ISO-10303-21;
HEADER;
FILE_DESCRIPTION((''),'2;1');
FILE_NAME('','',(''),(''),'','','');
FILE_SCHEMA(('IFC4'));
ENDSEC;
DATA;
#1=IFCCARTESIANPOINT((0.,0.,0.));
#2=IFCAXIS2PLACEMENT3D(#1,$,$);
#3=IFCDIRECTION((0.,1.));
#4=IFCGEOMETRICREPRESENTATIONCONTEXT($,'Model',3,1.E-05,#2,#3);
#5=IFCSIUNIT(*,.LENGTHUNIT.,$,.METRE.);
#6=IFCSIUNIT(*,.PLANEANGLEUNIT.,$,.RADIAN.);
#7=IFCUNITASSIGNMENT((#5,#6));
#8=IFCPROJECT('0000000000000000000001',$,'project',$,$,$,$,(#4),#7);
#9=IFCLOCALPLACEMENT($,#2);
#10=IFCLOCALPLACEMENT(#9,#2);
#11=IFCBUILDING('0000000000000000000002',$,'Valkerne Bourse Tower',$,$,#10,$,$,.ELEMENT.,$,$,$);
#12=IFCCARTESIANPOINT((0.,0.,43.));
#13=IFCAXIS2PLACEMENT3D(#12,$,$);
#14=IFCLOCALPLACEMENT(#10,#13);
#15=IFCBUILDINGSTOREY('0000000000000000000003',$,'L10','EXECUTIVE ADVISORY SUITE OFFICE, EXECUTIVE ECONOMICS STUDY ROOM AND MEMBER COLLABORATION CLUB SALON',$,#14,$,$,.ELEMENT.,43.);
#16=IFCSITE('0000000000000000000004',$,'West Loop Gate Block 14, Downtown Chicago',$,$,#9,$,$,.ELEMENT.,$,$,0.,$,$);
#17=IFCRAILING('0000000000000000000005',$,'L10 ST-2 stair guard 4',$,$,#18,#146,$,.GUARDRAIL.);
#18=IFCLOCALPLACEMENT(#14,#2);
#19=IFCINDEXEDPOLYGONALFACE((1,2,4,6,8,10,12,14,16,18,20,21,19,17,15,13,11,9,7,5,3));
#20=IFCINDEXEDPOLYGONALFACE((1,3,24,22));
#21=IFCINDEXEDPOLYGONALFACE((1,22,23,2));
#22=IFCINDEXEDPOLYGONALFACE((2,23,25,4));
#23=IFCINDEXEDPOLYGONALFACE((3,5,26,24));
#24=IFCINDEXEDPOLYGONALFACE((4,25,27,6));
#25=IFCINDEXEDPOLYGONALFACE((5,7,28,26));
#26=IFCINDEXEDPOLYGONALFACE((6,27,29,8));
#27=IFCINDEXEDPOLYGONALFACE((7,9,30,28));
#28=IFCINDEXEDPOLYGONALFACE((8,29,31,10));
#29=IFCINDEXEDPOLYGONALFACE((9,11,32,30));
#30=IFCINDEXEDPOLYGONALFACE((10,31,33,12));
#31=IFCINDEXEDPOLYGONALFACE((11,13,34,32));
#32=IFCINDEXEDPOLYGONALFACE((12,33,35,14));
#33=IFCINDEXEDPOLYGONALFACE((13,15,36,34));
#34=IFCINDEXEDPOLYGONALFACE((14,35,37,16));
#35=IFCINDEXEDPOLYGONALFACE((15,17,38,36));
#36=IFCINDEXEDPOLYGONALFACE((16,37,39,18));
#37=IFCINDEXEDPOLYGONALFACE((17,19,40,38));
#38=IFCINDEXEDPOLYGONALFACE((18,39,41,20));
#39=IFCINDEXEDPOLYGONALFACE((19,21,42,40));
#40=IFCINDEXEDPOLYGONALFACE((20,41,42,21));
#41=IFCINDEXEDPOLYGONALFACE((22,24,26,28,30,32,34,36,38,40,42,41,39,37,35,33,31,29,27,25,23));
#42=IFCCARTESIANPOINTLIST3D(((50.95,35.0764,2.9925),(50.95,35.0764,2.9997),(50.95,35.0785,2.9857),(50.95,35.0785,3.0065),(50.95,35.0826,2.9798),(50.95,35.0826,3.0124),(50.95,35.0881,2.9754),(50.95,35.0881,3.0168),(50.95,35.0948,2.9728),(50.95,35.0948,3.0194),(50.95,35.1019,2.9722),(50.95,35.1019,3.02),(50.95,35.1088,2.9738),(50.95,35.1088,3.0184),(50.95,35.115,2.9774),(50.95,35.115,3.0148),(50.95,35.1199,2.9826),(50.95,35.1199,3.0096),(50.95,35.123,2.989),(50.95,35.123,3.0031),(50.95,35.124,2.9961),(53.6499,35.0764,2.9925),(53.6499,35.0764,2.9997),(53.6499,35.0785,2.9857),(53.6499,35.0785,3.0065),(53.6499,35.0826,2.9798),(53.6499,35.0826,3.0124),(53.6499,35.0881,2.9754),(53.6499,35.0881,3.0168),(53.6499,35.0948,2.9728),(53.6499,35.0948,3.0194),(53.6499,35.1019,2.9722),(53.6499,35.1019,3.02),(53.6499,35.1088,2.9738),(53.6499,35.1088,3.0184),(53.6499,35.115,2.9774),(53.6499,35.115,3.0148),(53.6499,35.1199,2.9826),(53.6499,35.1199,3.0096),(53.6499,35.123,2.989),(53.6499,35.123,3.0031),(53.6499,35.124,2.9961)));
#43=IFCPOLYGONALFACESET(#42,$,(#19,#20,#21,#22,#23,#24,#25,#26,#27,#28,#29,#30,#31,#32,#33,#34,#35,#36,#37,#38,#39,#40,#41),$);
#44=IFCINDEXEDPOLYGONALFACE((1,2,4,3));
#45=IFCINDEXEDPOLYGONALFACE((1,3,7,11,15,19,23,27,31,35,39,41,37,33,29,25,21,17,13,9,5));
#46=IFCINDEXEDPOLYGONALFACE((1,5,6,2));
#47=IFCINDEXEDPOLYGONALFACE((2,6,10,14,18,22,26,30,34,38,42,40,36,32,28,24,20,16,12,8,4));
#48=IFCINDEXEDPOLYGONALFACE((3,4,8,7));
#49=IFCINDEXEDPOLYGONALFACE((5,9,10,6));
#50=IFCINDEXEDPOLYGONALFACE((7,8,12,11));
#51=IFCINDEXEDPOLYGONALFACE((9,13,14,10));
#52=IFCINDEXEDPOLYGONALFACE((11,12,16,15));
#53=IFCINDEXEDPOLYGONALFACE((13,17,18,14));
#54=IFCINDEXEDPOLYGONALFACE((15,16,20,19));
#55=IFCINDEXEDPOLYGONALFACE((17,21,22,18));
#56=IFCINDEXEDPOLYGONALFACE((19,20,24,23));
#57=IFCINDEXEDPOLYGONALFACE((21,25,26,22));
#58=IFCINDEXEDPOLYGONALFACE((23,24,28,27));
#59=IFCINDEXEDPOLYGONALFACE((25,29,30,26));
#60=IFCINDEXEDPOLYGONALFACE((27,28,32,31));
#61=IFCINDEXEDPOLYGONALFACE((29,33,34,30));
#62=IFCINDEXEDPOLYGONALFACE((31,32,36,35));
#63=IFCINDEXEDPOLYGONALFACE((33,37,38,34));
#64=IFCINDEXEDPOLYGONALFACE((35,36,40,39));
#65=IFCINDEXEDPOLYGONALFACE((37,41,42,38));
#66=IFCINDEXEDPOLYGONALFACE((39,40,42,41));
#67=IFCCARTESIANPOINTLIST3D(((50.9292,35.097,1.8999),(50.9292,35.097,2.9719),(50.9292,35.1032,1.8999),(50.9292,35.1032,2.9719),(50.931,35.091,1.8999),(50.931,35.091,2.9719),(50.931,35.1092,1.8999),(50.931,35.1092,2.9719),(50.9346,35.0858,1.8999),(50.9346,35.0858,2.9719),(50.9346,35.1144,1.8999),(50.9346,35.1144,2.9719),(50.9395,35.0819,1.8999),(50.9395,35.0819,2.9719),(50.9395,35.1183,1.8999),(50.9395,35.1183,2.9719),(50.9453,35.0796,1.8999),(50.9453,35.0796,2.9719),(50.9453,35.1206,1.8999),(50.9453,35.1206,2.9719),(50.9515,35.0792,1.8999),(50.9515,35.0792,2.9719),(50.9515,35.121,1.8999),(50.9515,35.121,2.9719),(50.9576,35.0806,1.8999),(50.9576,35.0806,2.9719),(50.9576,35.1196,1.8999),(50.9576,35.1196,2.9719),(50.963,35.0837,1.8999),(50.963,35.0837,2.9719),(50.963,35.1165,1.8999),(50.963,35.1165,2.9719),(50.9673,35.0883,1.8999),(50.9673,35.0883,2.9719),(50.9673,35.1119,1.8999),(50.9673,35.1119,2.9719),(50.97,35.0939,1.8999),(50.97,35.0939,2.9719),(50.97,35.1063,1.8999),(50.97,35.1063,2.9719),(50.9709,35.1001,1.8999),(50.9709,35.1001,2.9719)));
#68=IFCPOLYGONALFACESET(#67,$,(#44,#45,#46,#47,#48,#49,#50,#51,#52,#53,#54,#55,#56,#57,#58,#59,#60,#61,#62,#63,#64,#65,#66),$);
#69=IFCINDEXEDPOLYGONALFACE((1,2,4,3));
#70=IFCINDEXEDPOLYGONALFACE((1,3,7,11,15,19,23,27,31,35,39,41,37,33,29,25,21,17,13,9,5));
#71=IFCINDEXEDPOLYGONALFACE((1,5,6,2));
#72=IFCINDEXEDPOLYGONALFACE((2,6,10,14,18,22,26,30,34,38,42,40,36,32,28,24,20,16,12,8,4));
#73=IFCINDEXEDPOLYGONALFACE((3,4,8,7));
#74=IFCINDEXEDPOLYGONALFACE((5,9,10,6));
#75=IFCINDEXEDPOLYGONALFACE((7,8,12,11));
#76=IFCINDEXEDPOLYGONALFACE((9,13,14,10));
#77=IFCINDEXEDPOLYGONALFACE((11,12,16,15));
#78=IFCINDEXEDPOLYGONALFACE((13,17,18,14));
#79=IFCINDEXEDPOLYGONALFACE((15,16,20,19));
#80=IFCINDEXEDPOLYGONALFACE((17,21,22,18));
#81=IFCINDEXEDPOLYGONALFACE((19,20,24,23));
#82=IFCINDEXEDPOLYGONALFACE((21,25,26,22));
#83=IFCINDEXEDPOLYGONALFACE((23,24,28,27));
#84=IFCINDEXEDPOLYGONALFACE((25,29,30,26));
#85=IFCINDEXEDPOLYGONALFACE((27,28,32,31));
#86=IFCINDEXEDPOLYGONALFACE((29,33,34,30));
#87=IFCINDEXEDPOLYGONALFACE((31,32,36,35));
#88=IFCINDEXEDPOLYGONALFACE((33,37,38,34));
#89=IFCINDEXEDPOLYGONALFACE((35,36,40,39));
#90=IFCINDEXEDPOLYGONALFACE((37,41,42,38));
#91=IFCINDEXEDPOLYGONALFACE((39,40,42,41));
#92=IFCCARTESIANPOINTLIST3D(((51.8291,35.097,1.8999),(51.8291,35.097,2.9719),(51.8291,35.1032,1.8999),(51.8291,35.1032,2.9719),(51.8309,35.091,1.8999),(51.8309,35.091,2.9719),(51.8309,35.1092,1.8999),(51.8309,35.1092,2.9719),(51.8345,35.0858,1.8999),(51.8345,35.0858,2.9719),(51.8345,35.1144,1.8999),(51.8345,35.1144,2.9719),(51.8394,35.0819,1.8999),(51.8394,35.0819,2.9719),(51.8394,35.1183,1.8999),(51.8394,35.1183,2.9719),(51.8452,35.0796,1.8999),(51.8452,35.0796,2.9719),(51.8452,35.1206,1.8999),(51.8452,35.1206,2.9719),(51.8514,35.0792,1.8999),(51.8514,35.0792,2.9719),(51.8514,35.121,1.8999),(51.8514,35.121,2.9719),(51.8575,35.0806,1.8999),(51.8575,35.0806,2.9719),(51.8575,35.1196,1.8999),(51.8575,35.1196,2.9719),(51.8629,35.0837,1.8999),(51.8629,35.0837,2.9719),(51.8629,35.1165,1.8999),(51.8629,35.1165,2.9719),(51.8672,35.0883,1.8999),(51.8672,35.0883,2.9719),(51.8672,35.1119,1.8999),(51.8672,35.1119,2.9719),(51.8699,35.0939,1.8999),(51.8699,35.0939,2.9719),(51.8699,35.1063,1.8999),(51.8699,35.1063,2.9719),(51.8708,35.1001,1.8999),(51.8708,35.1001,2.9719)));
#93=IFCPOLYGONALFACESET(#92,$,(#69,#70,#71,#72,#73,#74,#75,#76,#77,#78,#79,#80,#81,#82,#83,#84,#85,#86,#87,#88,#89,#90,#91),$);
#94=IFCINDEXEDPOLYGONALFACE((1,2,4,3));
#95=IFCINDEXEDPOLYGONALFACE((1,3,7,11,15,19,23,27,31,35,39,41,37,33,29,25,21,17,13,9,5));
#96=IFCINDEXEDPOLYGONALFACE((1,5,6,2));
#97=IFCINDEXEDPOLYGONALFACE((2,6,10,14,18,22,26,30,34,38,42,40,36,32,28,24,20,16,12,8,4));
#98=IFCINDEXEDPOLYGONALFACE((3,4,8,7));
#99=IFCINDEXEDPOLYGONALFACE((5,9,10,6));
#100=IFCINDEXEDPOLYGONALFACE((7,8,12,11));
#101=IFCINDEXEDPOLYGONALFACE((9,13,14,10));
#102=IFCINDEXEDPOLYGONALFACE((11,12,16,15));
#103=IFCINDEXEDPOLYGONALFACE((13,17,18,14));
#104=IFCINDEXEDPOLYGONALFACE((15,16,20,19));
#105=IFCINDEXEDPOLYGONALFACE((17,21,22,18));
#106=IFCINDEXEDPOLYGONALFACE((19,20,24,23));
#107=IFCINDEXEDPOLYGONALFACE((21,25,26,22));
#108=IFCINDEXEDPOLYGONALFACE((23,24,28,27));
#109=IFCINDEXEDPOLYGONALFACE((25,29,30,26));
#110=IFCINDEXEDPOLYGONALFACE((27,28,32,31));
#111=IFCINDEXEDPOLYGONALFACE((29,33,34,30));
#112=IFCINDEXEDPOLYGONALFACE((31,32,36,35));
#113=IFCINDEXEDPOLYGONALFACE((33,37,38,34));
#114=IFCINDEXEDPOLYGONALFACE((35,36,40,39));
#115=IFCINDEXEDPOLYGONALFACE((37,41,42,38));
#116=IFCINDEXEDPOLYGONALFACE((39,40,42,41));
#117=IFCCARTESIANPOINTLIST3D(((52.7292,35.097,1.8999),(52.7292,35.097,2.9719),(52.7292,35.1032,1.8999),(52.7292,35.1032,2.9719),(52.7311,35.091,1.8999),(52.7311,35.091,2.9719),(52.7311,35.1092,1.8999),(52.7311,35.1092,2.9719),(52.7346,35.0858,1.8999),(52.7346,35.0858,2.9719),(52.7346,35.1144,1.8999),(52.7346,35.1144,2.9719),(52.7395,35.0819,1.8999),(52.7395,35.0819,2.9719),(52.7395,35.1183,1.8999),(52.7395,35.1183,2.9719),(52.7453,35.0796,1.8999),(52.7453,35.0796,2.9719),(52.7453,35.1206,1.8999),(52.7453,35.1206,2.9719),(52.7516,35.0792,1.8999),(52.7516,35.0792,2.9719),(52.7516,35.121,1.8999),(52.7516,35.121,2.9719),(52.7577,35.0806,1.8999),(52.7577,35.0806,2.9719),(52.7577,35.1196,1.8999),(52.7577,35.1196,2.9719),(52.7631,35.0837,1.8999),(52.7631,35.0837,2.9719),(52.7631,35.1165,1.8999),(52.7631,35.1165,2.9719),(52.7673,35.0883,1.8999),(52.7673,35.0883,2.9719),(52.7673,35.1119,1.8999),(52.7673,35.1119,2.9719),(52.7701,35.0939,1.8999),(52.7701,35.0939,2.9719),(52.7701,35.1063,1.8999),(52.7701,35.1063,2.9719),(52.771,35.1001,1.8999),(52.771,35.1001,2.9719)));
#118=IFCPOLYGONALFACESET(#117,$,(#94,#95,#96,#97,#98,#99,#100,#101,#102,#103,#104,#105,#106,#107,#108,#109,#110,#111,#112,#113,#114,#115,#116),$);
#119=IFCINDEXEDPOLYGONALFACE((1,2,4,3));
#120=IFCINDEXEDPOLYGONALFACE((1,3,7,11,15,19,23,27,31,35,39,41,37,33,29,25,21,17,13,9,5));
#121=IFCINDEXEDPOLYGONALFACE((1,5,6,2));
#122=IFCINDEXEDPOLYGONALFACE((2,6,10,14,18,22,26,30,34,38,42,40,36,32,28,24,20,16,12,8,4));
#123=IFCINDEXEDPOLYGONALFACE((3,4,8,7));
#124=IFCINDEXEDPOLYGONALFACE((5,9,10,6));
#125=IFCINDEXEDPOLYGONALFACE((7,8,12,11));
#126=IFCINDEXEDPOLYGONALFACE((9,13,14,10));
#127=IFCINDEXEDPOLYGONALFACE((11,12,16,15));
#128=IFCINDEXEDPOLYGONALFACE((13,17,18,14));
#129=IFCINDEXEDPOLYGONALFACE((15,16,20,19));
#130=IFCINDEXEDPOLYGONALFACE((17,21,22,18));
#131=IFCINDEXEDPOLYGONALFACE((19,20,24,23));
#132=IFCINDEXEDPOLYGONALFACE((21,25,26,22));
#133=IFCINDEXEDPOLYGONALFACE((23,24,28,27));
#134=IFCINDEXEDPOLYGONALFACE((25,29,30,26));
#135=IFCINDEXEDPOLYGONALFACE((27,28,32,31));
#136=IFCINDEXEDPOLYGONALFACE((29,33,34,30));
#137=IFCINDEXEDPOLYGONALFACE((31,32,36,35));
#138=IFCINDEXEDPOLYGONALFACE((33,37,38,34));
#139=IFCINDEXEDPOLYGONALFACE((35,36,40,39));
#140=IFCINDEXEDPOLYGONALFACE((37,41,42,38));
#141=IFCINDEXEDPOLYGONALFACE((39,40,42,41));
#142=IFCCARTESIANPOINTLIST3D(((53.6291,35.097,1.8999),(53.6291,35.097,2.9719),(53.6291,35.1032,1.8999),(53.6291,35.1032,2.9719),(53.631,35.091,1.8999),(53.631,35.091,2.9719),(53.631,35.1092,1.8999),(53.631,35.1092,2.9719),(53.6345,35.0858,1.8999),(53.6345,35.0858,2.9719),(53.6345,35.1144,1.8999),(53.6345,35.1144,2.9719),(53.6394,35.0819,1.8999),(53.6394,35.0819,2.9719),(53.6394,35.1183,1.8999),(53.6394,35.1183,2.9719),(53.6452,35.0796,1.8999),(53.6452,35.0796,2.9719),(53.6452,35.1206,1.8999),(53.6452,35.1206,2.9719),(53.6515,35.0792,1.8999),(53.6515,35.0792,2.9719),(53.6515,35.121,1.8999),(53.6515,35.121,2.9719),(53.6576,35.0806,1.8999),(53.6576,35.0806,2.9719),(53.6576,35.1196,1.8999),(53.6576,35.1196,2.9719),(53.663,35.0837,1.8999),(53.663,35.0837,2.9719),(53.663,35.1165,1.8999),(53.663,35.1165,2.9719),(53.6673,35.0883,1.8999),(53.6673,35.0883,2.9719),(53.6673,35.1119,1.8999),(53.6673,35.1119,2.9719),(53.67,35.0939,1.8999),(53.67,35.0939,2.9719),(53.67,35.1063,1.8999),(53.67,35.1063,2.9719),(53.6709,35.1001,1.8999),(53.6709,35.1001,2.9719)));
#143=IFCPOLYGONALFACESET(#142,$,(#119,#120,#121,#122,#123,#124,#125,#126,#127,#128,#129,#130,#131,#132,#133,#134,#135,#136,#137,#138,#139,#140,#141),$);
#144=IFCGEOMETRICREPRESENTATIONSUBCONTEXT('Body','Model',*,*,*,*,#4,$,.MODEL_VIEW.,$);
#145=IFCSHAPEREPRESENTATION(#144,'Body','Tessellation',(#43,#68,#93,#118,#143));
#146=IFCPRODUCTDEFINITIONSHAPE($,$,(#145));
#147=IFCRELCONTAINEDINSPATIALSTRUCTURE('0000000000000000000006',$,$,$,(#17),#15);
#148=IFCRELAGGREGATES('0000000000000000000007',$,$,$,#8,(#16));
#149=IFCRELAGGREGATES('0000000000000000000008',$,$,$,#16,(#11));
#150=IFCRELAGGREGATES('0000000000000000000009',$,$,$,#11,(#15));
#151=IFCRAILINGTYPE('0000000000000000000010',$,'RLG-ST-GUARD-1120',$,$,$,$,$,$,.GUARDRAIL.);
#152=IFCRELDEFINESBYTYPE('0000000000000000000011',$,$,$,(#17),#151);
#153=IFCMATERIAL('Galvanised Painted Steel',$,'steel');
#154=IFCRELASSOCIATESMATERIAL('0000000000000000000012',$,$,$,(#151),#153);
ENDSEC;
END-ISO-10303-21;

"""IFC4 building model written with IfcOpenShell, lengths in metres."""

from ifc_helpers import new_model, si_unit, direction, frame, origin, origin_2d, place, context, subcontext, project, spatial, circle, extrude, material, type_object, element, save


model = new_model("IFC4")

# Units and contexts
model_context = context("Model", 3, precision=1e-05, world=origin(), true_north=direction((0.0, 1.0)))
body_context = subcontext(model_context, "Body", "Model", "MODEL_VIEW")
ifc_project = project(units=[si_unit("LENGTHUNIT", "METRE"), si_unit("PLANEANGLEUNIT", "RADIAN")], contexts=[model_context])

# Site, building, storey
site_placement = place(None, origin())
site = spatial("IfcSite", under=ifc_project, at=site_placement, Name="West Loop Gate Block 14, Downtown Chicago", CompositionType="ELEMENT", RefElevation=0.0)
building_placement = place(site_placement, origin())
building = spatial("IfcBuilding", under=site, at=building_placement, Name="Valkerne Bourse Tower", CompositionType="ELEMENT")
storey_placement = place(building_placement, frame((0.0, 0.0, 43.0)))
storey = spatial("IfcBuildingStorey", under=building, at=storey_placement, Name="L10", Description="EXECUTIVE ADVISORY SUITE OFFICE, EXECUTIVE ECONOMICS STUDY ROOM AND MEMBER COLLABORATION CLUB SALON", CompositionType="ELEMENT", Elevation=43.0)

# Railing
ifc_material_1 = material(Name="Galvanised Painted Steel", Category="steel")
railing_type_1 = type_object("IfcRailingType", Name="RLG-ST-GUARD-1120", PredefinedType="GUARDRAIL", material=ifc_material_1)
railing_1_placement = place(storey_placement, frame((50.95, 35.1001, 1.8999)))
element("IfcRailing", 1, at=railing_1_placement, inside=storey, type_object=railing_type_1, Name="L10 ST-2 stair guard 4", PredefinedType="GUARDRAIL", context=body_context, shape_type="SweptSolid", body=[
    extrude(circle(Radius=0.0239, at=origin_2d()), frame((0.0, 0.0, 1.0962), z_axis=(1.0, 0.0, 0.0), x_axis=(0.0, 1.0, 0.0)), (0.0, 0.0, 1.0), 2.7),
    extrude(circle(Radius=0.021, at=origin_2d()), origin(), (0.0, 0.0, 1.0), 1.072),
    extrude(circle(Radius=0.021, at=origin_2d()), frame((0.8999, 0.0, 0.0)), (0.0, 0.0, 1.0), 1.072),
    extrude(circle(Radius=0.021, at=origin_2d()), frame((1.8, 0.0, 0.0)), (0.0, 0.0, 1.0), 1.072),
    extrude(circle(Radius=0.021, at=origin_2d()), frame((2.7, 0.0, 0.0)), (0.0, 0.0, 1.0), 1.072),
])

save(model, "model.ifc")
